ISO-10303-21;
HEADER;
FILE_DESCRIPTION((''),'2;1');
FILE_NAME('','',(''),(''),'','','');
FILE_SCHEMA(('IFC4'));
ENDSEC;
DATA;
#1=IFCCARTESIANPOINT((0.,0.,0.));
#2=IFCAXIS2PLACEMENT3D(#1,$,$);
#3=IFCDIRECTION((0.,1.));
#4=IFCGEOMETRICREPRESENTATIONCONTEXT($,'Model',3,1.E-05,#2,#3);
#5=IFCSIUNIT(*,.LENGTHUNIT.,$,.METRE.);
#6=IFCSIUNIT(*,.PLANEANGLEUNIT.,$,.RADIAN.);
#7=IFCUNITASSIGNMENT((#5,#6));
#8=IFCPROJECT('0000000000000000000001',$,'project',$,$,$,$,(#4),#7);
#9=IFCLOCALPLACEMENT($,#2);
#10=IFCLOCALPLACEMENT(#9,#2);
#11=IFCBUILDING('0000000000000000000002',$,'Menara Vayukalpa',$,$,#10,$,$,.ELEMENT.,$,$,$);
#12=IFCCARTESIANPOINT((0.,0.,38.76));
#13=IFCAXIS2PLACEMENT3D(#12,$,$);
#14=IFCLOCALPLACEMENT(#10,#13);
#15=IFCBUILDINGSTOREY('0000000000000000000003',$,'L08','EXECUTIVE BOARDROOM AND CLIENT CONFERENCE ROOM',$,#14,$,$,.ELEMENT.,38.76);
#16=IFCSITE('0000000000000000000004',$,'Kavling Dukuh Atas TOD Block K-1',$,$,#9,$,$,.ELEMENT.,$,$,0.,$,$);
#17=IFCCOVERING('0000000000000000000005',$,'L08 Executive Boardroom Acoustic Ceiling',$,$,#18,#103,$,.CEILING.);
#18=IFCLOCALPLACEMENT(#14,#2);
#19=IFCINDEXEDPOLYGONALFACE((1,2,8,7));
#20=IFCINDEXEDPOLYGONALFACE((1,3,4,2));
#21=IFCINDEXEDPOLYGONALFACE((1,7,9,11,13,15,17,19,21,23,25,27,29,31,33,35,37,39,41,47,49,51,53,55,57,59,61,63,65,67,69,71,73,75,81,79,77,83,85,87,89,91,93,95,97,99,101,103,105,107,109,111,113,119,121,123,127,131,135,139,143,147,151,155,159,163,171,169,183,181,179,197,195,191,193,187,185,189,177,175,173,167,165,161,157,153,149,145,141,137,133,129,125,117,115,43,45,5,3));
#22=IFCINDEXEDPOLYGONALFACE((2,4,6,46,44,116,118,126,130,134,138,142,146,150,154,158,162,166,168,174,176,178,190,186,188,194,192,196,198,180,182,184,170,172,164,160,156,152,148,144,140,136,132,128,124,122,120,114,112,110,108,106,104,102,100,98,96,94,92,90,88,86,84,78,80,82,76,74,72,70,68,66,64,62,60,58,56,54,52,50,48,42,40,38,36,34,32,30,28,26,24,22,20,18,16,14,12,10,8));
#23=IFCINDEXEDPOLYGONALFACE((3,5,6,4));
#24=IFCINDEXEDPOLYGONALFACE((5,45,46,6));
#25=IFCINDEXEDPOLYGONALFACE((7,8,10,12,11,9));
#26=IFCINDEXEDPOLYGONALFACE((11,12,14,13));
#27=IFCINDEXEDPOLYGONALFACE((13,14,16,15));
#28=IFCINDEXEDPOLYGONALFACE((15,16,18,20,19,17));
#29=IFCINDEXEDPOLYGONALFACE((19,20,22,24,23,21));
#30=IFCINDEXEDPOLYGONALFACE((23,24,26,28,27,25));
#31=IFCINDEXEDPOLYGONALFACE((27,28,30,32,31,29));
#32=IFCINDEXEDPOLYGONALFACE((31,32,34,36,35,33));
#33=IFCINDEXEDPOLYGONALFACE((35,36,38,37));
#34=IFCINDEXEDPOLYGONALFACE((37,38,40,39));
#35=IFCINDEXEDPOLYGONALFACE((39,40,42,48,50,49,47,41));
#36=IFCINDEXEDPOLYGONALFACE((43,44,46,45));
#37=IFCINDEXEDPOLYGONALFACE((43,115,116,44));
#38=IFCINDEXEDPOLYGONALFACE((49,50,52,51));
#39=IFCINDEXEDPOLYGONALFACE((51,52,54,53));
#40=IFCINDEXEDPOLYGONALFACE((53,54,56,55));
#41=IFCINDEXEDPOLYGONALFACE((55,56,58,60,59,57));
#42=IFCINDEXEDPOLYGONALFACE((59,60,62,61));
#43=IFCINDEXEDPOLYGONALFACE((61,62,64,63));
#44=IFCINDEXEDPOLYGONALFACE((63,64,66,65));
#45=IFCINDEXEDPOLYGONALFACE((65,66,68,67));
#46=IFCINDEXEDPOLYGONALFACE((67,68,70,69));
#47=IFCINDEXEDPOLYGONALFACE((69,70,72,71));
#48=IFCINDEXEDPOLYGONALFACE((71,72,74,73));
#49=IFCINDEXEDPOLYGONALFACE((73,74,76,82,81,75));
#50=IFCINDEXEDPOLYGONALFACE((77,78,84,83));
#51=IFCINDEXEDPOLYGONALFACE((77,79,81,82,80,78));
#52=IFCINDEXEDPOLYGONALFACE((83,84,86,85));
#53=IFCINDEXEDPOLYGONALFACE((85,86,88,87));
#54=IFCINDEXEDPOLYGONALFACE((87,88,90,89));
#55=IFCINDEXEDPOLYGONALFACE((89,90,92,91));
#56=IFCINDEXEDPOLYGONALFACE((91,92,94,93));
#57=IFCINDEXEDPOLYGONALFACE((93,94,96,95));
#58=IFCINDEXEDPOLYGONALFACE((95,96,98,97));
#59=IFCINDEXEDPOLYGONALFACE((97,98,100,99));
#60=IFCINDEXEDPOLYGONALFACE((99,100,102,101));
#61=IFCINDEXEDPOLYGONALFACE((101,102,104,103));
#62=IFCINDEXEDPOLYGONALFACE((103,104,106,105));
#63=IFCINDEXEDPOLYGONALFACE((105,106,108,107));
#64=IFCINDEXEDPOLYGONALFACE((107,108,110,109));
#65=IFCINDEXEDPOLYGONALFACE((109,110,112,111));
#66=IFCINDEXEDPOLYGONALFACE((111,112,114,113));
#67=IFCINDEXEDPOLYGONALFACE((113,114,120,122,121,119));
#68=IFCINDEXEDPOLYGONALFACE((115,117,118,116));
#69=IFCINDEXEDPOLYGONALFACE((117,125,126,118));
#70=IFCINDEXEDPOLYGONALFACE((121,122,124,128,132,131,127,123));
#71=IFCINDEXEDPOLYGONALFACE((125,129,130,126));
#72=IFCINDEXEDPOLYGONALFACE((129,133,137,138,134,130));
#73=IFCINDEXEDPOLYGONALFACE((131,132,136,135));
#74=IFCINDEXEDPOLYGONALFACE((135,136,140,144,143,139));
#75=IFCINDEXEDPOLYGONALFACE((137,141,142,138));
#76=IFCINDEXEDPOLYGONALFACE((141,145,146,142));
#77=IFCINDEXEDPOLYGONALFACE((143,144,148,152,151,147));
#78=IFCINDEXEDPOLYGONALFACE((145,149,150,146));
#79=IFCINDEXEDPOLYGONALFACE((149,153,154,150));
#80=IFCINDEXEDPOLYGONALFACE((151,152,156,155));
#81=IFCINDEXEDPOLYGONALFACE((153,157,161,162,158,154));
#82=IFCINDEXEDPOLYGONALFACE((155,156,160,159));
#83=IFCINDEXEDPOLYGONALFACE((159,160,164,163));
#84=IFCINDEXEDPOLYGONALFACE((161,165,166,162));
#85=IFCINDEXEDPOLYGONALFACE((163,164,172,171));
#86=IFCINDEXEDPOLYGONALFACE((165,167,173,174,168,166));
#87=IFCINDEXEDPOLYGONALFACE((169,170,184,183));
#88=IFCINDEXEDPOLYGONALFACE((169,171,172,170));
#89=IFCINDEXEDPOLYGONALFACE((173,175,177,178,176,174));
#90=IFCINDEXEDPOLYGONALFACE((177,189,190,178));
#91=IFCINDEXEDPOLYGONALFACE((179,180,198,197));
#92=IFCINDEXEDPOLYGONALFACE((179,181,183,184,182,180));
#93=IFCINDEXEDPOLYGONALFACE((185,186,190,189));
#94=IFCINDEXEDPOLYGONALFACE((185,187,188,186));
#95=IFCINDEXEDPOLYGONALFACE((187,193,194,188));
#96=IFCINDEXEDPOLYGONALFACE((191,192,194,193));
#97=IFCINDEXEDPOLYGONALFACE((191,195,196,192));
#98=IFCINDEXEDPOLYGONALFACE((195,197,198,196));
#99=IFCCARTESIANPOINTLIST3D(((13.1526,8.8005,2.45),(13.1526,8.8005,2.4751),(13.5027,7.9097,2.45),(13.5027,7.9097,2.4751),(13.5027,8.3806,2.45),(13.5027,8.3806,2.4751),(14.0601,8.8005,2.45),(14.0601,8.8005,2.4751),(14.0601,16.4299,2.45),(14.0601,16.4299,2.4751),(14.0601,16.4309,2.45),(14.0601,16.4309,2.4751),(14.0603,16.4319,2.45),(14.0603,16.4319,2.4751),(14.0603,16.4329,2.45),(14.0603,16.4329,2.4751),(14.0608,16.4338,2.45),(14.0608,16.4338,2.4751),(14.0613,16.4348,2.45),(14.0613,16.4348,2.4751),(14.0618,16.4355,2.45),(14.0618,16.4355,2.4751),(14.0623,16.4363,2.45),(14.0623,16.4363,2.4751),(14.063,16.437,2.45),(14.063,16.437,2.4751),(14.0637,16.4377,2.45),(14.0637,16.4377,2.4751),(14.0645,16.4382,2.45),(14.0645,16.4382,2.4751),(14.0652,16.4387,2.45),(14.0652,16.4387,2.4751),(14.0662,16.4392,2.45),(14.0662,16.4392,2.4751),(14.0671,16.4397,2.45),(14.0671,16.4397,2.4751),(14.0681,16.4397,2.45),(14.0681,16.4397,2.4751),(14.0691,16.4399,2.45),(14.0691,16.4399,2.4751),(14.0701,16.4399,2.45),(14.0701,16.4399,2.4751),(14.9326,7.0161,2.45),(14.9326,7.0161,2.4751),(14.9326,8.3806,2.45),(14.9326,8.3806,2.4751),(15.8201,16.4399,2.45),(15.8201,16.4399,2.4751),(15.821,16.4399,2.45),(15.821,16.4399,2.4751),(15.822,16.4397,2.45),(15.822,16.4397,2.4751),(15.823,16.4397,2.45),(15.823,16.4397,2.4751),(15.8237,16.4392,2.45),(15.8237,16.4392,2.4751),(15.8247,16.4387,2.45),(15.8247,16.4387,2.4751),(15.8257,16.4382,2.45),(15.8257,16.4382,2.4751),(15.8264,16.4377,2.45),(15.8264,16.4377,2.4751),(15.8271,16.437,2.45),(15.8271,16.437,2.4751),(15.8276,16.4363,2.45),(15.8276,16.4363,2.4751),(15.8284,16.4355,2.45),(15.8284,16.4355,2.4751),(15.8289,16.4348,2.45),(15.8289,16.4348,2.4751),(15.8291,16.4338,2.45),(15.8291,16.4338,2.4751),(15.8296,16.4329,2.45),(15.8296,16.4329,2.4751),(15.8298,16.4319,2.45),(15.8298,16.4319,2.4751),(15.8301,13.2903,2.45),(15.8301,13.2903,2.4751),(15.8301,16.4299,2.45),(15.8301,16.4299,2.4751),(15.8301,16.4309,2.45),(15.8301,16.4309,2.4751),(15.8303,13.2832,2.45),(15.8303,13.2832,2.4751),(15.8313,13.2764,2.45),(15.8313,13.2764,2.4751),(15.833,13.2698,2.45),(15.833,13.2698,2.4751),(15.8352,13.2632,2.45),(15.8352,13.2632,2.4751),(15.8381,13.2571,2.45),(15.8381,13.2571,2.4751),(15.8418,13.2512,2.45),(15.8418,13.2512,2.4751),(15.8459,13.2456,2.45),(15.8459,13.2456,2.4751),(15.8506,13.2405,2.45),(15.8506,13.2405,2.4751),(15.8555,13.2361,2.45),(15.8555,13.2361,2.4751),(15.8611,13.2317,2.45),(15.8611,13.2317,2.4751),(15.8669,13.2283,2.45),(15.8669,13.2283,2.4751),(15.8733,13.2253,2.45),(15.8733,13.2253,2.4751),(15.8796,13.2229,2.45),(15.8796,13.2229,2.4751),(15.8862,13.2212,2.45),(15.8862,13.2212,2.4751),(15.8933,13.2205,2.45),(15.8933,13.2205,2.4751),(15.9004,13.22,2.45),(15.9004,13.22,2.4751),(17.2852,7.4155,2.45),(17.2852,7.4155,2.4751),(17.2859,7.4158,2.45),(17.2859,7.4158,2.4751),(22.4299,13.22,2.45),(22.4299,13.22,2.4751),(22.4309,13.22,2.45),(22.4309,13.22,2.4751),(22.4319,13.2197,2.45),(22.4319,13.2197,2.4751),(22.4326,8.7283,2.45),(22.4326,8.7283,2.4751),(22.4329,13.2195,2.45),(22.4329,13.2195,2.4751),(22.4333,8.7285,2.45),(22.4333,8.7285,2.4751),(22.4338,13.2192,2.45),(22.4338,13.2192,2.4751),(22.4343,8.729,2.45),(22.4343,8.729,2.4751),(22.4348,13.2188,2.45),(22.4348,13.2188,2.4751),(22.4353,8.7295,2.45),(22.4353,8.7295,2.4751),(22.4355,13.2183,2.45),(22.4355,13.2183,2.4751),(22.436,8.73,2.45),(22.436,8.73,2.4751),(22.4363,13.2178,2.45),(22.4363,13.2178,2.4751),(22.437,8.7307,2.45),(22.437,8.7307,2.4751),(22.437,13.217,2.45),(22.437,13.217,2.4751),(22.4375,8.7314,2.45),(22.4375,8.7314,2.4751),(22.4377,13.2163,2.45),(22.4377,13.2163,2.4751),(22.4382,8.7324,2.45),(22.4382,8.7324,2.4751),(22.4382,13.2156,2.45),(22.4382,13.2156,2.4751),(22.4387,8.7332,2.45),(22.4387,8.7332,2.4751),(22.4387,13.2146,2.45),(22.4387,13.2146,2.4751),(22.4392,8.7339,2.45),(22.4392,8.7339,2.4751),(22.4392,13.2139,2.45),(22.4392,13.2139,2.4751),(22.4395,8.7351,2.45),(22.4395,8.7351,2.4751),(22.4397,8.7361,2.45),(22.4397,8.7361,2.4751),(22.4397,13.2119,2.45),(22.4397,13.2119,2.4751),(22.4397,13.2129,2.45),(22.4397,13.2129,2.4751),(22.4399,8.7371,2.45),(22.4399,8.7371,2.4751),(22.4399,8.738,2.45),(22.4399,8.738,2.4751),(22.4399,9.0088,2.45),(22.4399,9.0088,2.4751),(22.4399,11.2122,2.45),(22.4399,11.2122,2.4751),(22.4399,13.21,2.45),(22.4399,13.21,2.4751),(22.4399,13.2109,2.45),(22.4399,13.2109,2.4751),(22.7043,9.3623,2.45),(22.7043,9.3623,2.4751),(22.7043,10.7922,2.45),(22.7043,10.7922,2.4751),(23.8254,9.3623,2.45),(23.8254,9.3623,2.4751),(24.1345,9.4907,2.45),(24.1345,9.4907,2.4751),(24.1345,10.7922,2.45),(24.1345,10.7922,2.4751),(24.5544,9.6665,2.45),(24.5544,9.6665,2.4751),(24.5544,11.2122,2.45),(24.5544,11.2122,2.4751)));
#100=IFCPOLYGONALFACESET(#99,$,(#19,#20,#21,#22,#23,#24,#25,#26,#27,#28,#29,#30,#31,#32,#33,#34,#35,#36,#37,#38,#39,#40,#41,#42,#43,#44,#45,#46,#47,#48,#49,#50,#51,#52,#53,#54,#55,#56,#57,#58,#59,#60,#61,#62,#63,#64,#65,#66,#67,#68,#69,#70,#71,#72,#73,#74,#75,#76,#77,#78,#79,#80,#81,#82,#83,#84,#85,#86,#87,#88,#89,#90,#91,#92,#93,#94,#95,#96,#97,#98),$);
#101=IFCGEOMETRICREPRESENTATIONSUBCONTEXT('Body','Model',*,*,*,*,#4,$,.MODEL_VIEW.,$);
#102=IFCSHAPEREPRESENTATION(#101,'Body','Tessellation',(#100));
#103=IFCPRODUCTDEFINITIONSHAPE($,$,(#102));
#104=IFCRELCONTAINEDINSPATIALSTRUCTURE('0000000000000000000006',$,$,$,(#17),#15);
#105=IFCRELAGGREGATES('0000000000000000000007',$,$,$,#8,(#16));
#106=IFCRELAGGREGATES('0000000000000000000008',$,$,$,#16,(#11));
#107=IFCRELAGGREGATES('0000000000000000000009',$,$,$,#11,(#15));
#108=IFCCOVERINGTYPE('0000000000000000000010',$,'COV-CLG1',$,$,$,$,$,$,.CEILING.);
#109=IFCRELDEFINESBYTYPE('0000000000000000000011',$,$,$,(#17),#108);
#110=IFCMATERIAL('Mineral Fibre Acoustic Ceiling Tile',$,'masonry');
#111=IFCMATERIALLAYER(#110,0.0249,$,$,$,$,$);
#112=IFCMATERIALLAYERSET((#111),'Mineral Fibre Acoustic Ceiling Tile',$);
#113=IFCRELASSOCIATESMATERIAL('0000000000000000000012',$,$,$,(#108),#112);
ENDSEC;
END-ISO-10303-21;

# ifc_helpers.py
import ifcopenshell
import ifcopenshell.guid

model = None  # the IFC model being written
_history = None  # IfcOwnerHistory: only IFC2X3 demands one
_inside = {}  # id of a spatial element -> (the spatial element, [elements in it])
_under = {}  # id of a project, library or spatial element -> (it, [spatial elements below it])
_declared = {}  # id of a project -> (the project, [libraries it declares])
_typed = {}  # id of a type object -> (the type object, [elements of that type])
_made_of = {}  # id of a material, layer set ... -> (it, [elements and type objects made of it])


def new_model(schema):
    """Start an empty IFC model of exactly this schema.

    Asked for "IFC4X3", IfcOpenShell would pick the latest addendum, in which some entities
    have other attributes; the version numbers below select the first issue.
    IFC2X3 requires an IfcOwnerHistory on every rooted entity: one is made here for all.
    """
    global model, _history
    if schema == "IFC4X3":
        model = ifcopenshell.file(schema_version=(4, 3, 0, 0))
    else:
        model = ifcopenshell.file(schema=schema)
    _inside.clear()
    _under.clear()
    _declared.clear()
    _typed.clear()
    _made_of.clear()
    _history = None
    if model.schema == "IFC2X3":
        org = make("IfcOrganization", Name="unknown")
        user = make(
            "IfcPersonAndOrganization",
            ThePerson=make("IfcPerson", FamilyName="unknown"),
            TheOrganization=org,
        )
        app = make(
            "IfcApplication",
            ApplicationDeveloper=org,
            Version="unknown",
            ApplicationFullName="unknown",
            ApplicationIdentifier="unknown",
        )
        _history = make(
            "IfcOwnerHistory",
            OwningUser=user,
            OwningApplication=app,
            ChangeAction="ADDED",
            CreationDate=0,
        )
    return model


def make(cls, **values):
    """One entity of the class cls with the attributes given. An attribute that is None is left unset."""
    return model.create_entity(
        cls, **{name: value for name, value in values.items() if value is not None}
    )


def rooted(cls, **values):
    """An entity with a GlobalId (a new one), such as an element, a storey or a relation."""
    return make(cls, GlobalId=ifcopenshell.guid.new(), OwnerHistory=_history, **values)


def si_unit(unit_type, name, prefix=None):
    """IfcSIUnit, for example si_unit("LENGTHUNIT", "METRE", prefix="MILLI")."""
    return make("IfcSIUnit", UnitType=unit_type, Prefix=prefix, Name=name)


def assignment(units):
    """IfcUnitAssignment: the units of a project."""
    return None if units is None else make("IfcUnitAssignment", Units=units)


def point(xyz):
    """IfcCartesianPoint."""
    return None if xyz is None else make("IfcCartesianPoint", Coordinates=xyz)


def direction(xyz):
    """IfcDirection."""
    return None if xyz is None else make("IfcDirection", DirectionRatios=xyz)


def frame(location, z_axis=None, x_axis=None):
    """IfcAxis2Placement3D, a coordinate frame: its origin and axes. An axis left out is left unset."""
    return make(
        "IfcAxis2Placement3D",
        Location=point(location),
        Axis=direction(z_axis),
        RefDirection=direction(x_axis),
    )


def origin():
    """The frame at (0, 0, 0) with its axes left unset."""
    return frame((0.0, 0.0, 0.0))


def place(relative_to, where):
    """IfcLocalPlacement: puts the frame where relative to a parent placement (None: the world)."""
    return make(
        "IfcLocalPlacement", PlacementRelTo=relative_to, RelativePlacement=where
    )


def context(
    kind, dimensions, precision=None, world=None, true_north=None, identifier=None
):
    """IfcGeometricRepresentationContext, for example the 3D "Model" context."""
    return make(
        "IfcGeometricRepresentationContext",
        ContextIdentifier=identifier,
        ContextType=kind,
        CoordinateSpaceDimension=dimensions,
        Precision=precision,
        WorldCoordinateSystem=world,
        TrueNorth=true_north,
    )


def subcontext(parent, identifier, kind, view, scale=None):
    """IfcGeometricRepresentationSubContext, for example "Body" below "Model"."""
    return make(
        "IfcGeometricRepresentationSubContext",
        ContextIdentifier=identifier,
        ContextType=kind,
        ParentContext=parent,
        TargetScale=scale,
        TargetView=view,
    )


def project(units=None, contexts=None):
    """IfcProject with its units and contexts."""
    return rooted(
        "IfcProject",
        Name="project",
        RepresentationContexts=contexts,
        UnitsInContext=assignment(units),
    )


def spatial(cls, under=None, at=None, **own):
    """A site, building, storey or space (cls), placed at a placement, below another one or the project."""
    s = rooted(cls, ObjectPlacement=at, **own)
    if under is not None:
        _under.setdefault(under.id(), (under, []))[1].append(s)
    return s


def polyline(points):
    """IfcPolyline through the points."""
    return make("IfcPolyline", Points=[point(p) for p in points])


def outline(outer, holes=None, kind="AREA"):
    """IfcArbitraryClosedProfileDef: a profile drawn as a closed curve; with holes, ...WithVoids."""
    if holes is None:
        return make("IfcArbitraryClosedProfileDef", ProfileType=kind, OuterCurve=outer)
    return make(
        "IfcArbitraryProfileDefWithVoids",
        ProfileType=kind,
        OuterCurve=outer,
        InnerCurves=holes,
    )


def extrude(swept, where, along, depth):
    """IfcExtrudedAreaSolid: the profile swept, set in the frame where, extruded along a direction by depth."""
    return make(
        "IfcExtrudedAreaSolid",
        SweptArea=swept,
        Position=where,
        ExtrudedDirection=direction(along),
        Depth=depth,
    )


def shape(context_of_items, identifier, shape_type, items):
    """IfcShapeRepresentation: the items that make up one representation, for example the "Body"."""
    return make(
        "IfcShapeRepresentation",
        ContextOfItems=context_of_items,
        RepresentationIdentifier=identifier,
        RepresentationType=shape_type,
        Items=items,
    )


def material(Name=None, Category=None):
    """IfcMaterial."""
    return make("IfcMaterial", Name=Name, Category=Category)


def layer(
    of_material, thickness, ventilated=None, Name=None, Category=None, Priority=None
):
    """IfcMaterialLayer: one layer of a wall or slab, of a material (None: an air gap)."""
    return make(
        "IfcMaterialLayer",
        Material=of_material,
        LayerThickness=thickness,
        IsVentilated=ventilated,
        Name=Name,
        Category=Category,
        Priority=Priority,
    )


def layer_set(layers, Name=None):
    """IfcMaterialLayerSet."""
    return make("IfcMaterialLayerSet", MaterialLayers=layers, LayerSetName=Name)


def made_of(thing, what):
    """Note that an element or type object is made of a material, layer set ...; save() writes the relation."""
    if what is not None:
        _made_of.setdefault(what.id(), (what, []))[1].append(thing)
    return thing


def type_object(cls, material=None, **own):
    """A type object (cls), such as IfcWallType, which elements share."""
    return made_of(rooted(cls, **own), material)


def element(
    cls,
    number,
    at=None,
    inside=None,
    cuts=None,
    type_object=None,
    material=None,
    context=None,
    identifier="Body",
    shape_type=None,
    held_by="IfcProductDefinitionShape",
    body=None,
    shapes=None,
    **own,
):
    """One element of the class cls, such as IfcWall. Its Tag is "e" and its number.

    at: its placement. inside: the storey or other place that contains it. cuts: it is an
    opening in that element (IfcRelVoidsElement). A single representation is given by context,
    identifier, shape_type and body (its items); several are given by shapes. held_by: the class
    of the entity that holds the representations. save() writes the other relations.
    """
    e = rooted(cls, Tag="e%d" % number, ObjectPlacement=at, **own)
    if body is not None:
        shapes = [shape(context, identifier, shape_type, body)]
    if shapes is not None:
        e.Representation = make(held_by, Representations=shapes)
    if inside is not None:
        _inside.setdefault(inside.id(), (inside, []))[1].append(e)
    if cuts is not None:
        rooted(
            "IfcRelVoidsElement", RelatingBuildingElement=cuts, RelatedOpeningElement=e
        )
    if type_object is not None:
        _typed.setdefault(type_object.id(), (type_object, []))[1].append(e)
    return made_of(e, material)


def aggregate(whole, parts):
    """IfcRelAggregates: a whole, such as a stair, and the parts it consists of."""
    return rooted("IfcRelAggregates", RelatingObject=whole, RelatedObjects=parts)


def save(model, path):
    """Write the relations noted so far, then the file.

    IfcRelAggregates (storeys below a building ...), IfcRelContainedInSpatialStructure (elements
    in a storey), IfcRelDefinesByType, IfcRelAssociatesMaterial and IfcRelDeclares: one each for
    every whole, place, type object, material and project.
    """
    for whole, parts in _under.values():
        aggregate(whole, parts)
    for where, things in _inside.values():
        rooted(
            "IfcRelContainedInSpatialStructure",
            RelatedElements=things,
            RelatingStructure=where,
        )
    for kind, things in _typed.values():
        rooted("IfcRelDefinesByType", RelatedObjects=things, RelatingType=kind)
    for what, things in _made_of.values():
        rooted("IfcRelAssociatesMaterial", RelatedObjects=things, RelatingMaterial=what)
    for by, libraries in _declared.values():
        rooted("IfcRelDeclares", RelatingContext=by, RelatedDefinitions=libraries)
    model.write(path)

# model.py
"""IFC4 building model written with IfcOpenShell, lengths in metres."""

from ifc_helpers import new_model, si_unit, direction, frame, origin, place, context, subcontext, project, spatial, polyline, outline, extrude, material, layer, layer_set, type_object, element, save


model = new_model("IFC4")

# Units and contexts
model_context = context("Model", 3, precision=1e-05, world=origin(), true_north=direction((0.0, 1.0)))
body_context = subcontext(model_context, "Body", "Model", "MODEL_VIEW")
ifc_project = project(units=[si_unit("LENGTHUNIT", "METRE"), si_unit("PLANEANGLEUNIT", "RADIAN")], contexts=[model_context])

# Site, building, storey
site_placement = place(None, origin())
site = spatial("IfcSite", under=ifc_project, at=site_placement, Name="Kavling Dukuh Atas TOD Block K-1", CompositionType="ELEMENT", RefElevation=0.0)
building_placement = place(site_placement, origin())
building = spatial("IfcBuilding", under=site, at=building_placement, Name="Menara Vayukalpa", CompositionType="ELEMENT")
storey_placement = place(building_placement, frame((0.0, 0.0, 38.76)))
storey = spatial("IfcBuildingStorey", under=building, at=storey_placement, Name="L08", Description="EXECUTIVE BOARDROOM AND CLIENT CONFERENCE ROOM", CompositionType="ELEMENT", Elevation=38.76)

# Covering
ifc_material_1 = material(Name="Mineral Fibre Acoustic Ceiling Tile", Category="masonry")
ifc_layer_1 = layer(ifc_material_1, 0.0249)
ifc_layer_set_1 = layer_set([ifc_layer_1], Name="Mineral Fibre Acoustic Ceiling Tile")
covering_type_1 = type_object("IfcCoveringType", Name="COV-CLG1", PredefinedType="CEILING", material=ifc_layer_set_1)
covering_1_placement = place(storey_placement, frame((0.0, 0.0, 2.45)))
element("IfcCovering", 1, at=covering_1_placement, inside=storey, type_object=covering_type_1, Name="L08 Executive Boardroom Acoustic Ceiling", PredefinedType="CEILING", context=body_context, shape_type="SweptSolid", body=[
    extrude(outline(polyline([(13.1526, 8.8005), (14.0601, 8.8005), (14.0601, 16.4299), (14.0601, 16.4309), (14.0603, 16.4319), (14.0603, 16.4329), (14.0608, 16.4338), (14.0613, 16.4348), (14.0618, 16.4355), (14.0623, 16.4363), (14.063, 16.437), (14.0637, 16.4377), (14.0645, 16.4382), (14.0652, 16.4387), (14.0662, 16.4392), (14.0671, 16.4397), (14.0681, 16.4397), (14.0691, 16.4399), (14.0701, 16.4399), (15.8201, 16.4399), (15.821, 16.4399), (15.822, 16.4397), (15.823, 16.4397), (15.8237, 16.4392), (15.8247, 16.4387), (15.8257, 16.4382), (15.8264, 16.4377), (15.8271, 16.437), (15.8276, 16.4363), (15.8284, 16.4355), (15.8289, 16.4348), (15.8291, 16.4338), (15.8296, 16.4329), (15.8298, 16.4319), (15.8301, 16.4309), (15.8301, 16.4299), (15.8301, 13.2903), (15.8303, 13.2832), (15.8313, 13.2764), (15.833, 13.2698), (15.8352, 13.2632), (15.8381, 13.2571), (15.8418, 13.2512), (15.8459, 13.2456), (15.8506, 13.2405), (15.8555, 13.2361), (15.8611, 13.2317), (15.8669, 13.2283), (15.8733, 13.2253), (15.8796, 13.2229), (15.8862, 13.2212), (15.8933, 13.2205), (15.9004, 13.22), (22.4299, 13.22), (22.4309, 13.22), (22.4319, 13.2197), (22.4329, 13.2195), (22.4338, 13.2192), (22.4348, 13.2188), (22.4355, 13.2183), (22.4363, 13.2178), (22.437, 13.217), (22.4377, 13.2163), (22.4382, 13.2156), (22.4387, 13.2146), (22.4392, 13.2139), (22.4397, 13.2129), (22.4397, 13.2119), (22.4399, 13.2109), (22.4399, 13.21), (22.4399, 11.2122), (24.5544, 11.2122), (24.5544, 9.6665), (24.1345, 9.4907), (24.1345, 10.7922), (22.7043, 10.7922), (22.7043, 9.3623), (23.8254, 9.3623), (22.4399, 9.0088), (22.4399, 8.738), (22.4399, 8.7371), (22.4397, 8.7361), (22.4395, 8.7351), (22.4392, 8.7339), (22.4387, 8.7332), (22.4382, 8.7324), (22.4375, 8.7314), (22.437, 8.7307), (22.436, 8.73), (22.4353, 8.7295), (22.4343, 8.729), (22.4333, 8.7285), (22.4326, 8.7283), (17.2859, 7.4158), (17.2852, 7.4155), (14.9326, 7.0161), (14.9326, 8.3806), (13.5027, 8.3806), (13.5027, 7.9097), (13.1526, 8.8005)])), origin(), (0.0, 0.0, 1.0), 0.0251),
])

save(model, "model.ifc")
